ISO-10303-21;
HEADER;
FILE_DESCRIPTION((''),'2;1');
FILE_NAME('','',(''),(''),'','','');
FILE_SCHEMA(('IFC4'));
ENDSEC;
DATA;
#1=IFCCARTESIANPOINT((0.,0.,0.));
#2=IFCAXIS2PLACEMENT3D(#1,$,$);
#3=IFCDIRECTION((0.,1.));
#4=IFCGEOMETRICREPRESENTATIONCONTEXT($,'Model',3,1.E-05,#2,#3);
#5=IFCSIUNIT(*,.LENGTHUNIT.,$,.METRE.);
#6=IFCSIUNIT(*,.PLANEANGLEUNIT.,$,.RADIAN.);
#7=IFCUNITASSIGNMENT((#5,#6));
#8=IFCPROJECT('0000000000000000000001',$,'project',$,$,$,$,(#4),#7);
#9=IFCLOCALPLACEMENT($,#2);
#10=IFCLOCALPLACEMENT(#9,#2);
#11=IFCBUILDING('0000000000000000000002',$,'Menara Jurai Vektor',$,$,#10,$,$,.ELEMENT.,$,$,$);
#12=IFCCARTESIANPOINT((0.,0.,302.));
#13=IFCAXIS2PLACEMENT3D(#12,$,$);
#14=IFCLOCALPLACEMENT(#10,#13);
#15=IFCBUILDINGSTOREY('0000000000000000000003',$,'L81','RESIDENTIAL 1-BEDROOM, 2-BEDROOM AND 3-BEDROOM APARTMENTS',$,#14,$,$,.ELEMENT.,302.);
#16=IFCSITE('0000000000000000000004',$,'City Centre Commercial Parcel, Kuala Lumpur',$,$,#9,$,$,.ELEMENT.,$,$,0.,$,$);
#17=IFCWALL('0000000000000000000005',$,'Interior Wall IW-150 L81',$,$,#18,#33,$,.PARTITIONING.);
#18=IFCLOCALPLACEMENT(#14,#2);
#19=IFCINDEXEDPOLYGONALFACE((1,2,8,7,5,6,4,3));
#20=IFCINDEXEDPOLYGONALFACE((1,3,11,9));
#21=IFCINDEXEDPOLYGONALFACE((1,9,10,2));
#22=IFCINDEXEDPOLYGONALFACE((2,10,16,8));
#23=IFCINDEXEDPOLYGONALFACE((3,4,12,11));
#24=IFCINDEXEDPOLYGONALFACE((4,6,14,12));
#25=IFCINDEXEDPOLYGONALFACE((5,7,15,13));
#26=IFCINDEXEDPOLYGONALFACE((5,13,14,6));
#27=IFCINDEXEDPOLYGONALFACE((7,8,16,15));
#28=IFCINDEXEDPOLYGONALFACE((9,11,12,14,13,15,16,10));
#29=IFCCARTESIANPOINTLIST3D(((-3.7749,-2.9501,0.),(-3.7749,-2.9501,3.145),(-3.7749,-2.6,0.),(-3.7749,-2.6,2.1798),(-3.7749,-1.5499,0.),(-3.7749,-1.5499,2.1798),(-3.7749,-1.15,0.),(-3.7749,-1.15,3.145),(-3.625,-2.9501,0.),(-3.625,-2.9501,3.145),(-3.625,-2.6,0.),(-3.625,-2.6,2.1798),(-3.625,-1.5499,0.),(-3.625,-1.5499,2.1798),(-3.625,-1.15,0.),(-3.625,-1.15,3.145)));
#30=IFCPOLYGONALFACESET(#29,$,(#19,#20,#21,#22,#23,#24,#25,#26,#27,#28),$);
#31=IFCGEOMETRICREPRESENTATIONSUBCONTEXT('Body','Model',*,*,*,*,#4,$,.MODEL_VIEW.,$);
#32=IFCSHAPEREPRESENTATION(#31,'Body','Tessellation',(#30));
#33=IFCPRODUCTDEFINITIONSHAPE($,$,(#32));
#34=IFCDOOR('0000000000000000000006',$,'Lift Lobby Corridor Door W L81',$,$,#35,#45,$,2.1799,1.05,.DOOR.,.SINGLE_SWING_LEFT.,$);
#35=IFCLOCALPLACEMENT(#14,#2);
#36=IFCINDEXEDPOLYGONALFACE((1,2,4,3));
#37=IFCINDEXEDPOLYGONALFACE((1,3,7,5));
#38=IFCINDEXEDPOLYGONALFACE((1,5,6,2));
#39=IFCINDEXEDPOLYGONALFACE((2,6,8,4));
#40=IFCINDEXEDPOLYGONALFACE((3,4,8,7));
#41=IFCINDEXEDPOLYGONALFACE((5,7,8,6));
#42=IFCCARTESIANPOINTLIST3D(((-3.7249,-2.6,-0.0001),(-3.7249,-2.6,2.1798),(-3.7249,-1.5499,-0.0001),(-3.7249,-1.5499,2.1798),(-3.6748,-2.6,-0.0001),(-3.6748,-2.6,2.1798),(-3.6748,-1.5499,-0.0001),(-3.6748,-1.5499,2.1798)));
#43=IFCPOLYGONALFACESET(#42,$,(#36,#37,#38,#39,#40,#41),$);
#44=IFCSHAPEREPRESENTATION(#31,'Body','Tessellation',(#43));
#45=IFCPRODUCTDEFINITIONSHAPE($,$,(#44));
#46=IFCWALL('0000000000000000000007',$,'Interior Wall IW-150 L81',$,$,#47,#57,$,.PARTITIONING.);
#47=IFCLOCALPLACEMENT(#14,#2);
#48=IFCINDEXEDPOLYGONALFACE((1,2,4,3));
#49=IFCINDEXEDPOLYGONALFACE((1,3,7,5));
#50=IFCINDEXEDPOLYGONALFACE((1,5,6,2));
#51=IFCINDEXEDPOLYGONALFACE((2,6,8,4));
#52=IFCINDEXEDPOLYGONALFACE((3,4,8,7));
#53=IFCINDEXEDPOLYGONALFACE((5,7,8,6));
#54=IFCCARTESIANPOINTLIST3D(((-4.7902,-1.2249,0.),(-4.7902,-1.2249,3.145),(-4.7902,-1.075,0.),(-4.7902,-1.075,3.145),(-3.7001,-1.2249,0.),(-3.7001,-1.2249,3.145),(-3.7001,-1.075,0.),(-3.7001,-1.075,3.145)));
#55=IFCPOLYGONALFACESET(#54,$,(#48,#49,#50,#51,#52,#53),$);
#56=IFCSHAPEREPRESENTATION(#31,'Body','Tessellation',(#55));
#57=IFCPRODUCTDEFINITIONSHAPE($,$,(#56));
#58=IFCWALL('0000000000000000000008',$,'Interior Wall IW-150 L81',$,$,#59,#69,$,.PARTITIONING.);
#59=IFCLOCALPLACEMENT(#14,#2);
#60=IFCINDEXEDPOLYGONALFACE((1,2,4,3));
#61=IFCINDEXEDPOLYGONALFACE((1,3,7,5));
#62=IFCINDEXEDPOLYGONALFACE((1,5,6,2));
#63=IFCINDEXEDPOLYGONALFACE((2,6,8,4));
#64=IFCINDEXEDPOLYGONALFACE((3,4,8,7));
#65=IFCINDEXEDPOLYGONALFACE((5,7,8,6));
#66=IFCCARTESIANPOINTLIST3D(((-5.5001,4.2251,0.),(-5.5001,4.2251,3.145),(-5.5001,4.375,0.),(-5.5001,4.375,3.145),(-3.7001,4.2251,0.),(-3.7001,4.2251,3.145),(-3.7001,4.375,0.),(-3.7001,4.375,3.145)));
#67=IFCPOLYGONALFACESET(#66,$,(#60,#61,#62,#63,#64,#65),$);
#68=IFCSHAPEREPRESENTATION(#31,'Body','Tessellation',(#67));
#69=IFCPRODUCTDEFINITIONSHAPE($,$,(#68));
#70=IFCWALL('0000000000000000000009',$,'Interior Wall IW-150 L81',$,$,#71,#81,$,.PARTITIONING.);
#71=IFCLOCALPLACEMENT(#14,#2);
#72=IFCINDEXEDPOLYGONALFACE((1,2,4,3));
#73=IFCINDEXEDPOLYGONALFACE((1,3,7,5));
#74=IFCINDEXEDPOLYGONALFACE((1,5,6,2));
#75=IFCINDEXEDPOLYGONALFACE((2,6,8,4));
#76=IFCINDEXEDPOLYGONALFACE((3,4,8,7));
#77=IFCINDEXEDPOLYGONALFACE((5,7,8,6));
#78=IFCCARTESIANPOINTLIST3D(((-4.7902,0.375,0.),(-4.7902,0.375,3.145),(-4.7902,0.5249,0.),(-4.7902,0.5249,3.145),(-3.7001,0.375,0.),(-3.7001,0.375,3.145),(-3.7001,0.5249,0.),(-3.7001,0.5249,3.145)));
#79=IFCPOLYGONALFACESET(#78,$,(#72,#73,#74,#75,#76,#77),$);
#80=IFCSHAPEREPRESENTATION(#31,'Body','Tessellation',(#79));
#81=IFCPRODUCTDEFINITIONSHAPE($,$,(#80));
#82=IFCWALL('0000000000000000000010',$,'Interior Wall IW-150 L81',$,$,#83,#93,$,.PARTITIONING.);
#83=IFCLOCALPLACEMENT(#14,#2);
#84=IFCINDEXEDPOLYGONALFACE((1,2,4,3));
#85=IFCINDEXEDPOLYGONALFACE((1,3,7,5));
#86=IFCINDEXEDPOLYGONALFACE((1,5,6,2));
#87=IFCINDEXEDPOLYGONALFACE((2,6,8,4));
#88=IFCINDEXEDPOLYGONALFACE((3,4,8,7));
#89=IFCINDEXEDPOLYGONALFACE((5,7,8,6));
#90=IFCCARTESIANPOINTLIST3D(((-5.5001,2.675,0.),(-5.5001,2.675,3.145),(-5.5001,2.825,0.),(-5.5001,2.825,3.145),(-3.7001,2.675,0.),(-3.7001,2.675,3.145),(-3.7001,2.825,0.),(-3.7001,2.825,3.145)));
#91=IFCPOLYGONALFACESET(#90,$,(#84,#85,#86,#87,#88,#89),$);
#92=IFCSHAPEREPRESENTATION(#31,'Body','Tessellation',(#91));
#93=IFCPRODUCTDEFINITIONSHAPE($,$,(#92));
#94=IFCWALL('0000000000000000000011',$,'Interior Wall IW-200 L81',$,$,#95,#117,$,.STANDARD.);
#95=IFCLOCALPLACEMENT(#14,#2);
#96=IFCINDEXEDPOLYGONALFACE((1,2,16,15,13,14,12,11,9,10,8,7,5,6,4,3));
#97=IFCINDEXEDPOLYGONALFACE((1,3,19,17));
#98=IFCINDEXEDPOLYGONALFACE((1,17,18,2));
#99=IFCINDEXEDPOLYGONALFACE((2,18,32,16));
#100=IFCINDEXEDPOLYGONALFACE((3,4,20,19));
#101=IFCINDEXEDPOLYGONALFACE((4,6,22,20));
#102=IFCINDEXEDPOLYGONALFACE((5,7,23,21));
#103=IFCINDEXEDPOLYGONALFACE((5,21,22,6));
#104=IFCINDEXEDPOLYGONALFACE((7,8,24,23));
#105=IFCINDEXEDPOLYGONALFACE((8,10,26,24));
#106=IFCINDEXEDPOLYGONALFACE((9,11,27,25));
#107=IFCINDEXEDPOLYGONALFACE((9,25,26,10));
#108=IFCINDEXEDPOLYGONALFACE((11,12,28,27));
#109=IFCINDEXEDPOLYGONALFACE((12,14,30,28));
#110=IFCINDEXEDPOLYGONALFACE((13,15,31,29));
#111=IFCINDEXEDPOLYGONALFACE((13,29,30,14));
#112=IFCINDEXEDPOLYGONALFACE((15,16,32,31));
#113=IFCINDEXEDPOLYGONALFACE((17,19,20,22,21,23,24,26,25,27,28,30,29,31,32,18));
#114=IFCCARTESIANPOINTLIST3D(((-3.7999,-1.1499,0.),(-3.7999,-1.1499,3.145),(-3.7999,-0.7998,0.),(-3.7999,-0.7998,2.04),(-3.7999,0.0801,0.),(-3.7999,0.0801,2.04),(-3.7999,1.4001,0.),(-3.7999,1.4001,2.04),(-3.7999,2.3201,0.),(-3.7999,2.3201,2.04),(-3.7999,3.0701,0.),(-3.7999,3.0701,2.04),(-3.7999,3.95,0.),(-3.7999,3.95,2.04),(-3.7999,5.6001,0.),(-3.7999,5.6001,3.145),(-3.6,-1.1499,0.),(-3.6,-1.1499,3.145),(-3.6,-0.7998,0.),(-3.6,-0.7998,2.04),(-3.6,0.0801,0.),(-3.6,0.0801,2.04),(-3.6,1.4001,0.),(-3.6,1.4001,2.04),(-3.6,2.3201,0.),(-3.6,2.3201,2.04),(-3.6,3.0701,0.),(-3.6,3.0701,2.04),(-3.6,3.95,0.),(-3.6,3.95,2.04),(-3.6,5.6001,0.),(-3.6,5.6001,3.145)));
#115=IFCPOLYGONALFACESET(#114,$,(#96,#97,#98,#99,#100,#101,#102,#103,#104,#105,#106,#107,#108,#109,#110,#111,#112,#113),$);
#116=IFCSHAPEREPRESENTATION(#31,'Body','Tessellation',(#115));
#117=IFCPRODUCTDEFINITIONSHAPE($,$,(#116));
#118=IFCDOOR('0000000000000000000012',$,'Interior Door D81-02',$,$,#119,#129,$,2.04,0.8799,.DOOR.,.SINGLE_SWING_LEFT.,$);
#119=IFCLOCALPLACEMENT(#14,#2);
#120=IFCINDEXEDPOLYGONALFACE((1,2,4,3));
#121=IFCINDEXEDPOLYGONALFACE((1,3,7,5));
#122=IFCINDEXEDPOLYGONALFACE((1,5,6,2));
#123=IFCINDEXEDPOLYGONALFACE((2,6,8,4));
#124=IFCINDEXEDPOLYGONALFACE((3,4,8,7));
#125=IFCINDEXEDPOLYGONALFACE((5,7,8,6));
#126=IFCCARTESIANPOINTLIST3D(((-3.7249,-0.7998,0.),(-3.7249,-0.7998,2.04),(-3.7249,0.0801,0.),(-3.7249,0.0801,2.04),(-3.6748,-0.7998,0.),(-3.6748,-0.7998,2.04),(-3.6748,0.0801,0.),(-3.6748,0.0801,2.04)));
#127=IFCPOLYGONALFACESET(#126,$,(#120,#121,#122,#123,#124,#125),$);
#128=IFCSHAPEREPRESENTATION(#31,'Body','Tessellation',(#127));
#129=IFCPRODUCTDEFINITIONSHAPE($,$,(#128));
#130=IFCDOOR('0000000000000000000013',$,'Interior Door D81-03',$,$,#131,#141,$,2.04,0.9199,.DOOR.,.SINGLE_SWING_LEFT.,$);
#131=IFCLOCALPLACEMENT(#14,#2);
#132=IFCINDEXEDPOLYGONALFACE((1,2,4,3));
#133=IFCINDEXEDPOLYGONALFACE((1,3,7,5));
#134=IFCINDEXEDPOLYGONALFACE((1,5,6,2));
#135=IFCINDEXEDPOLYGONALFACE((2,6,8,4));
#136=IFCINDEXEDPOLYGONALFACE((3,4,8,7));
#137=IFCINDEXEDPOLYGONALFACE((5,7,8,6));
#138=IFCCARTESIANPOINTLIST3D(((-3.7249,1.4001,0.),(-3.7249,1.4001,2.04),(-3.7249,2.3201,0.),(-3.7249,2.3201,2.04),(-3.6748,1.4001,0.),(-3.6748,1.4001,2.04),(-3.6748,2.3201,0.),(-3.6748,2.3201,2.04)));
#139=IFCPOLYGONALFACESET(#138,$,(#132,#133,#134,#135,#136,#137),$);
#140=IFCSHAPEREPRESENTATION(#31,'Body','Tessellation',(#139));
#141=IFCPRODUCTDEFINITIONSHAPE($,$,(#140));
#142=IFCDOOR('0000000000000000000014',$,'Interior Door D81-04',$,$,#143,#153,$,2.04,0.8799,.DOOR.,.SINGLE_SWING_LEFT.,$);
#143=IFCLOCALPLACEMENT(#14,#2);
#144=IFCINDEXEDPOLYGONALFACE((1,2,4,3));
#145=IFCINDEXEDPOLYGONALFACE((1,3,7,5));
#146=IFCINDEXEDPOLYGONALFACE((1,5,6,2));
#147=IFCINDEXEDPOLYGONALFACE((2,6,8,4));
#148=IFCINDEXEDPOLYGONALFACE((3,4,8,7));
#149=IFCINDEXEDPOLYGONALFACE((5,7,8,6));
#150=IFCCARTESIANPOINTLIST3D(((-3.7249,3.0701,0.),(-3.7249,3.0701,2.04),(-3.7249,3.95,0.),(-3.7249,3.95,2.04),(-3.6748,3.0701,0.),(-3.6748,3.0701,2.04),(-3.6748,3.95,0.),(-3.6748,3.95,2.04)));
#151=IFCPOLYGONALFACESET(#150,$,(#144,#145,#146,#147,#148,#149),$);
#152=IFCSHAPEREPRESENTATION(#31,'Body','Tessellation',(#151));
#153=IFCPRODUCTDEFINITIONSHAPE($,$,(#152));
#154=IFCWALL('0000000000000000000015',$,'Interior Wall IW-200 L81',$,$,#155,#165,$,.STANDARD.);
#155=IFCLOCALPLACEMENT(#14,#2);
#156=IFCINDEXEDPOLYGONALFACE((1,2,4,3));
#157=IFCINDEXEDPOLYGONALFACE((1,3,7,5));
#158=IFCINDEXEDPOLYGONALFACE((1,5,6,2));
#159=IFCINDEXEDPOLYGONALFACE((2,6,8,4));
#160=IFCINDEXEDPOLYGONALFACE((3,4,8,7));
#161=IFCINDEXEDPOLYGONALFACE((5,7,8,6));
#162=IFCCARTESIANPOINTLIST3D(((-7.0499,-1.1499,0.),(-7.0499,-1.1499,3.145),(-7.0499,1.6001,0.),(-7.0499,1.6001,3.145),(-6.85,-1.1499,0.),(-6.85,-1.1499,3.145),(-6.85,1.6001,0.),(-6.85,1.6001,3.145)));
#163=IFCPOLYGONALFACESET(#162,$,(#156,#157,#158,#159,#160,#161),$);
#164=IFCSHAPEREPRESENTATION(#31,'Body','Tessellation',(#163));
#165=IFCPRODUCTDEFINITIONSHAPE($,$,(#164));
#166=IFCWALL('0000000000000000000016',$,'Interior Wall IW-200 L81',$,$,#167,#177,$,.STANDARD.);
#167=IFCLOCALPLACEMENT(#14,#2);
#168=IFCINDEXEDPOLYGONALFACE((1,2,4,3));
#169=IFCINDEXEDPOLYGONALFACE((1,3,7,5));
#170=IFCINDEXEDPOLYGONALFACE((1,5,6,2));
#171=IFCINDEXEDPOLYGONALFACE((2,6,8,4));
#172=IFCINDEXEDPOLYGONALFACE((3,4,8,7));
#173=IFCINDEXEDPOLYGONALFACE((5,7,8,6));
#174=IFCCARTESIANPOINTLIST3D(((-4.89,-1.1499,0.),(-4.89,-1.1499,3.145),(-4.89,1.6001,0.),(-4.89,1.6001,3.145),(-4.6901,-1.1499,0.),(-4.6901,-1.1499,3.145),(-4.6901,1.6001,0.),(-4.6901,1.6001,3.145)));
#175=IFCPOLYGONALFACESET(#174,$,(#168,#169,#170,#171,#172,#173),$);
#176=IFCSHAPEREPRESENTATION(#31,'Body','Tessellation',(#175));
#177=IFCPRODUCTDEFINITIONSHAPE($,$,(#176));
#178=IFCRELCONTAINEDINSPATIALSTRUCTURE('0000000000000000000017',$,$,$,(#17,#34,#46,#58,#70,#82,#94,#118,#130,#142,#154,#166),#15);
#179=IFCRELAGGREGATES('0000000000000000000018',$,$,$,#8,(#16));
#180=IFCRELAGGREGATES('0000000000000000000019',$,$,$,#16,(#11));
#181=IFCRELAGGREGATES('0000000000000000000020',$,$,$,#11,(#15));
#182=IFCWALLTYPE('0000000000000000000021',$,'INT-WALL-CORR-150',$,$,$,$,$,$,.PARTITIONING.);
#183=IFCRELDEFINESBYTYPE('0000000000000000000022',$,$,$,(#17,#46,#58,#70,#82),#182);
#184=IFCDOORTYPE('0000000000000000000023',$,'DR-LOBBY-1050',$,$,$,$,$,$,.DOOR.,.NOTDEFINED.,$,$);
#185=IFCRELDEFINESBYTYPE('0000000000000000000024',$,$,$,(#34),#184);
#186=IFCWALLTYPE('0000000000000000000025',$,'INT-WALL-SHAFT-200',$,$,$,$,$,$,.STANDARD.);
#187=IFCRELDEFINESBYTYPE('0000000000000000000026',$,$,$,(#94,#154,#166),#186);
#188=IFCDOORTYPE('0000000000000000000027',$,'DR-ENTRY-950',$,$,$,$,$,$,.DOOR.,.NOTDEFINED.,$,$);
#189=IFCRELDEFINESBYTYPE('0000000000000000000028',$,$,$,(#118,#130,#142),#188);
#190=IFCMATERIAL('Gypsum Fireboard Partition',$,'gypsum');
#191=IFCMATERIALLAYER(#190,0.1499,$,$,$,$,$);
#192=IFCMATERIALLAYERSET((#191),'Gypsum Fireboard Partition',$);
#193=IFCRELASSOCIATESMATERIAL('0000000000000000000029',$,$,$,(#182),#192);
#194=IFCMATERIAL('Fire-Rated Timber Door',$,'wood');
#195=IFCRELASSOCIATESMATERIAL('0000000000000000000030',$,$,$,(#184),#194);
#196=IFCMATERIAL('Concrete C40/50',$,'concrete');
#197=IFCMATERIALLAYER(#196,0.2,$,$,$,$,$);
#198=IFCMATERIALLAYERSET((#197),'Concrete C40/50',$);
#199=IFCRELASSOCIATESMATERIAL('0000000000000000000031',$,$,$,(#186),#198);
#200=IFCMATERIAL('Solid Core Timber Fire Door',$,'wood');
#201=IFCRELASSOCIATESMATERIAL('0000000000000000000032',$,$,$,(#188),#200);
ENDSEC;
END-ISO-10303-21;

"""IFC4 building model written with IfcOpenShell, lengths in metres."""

from ifc_helpers import new_model, si_unit, direction, frame, frame_2d, origin, place, context, subcontext, project, spatial, rectangle, extrude, material, layer, layer_set, type_object, element, fill, save


model = new_model("IFC4")

# Units and contexts
model_context = context("Model", 3, precision=1e-05, world=origin(), true_north=direction((0.0, 1.0)))
body_context = subcontext(model_context, "Body", "Model", "MODEL_VIEW")
ifc_project = project(units=[si_unit("LENGTHUNIT", "METRE"), si_unit("PLANEANGLEUNIT", "RADIAN")], contexts=[model_context])

# Site, building, storey
site_placement = place(None, origin())
site = spatial("IfcSite", under=ifc_project, at=site_placement, Name="City Centre Commercial Parcel, Kuala Lumpur", CompositionType="ELEMENT", RefElevation=0.0)
building_placement = place(site_placement, origin())
building = spatial("IfcBuilding", under=site, at=building_placement, Name="Menara Jurai Vektor", CompositionType="ELEMENT")
storey_placement = place(building_placement, frame((0.0, 0.0, 302.0)))
storey = spatial("IfcBuildingStorey", under=building, at=storey_placement, Name="L81", Description="RESIDENTIAL 1-BEDROOM, 2-BEDROOM AND 3-BEDROOM APARTMENTS", CompositionType="ELEMENT", Elevation=302.0)

# Shared definitions
ifc_material_1 = material(Name="Concrete C40/50", Category="concrete")

# Wall, opening, door
ifc_material_2 = material(Name="Gypsum Fireboard Partition", Category="gypsum")
ifc_layer_1 = layer(ifc_material_2, 0.1499)
ifc_layer_set_1 = layer_set([ifc_layer_1], Name="Gypsum Fireboard Partition")
wall_type_1 = type_object("IfcWallType", Name="INT-WALL-CORR-150", PredefinedType="PARTITIONING", material=ifc_layer_set_1)
wall_1_placement = place(storey_placement, frame((-3.7, -2.95, 0.0), z_axis=(0.0, 0.0, 1.0), x_axis=(0.0, 1.0, 0.0)))
wall_1 = element("IfcWall", 1, at=wall_1_placement, inside=storey, type_object=wall_type_1, Name="Interior Wall IW-150 L81", PredefinedType="PARTITIONING", context=body_context, shape_type="SweptSolid", body=[
    extrude(rectangle(XDim=1.8, YDim=0.1499, at=frame_2d((0.8999, 0.0))), origin(), (0.0, 0.0, 1.0), 3.145),
])
opening_1_placement = place(wall_1_placement, frame((0.3501, 0.0, 0.0)))
opening_1 = element("IfcOpeningElement", 2, at=opening_1_placement, cuts=wall_1, PredefinedType="OPENING", context=body_context, shape_type="SweptSolid", body=[
    extrude(rectangle(XDim=1.05, YDim=2.1799, at=frame_2d((0.5249, 1.0898))), frame((0.0, 0.085, 0.0), z_axis=(0.0, -1.0, 0.0), x_axis=(1.0, 0.0, 0.0)), (0.0, 0.0, 1.0), 0.1699),
])
ifc_material_3 = material(Name="Fire-Rated Timber Door", Category="wood")
door_type_1 = type_object("IfcDoorType", Name="DR-LOBBY-1050", OperationType="NOTDEFINED", PredefinedType="DOOR", material=ifc_material_3)
door_1_placement = place(opening_1_placement, origin())
door_1 = element("IfcDoor", 3, at=door_1_placement, inside=storey, type_object=door_type_1, Name="Lift Lobby Corridor Door W L81", OperationType="SINGLE_SWING_LEFT", OverallHeight=2.1799, OverallWidth=1.05, PredefinedType="DOOR", context=body_context, shape_type="SweptSolid", body=[
    extrude(rectangle(XDim=1.05, YDim=2.1799, at=frame_2d((0.5249, 1.0898))), frame((0.0, 0.0249, 0.0), z_axis=(0.0, -1.0, 0.0), x_axis=(1.0, 0.0, 0.0)), (0.0, 0.0, 1.0), 0.05),
])
fill(opening_1, door_1)

# Walls
wall_2_placement = place(storey_placement, frame((-4.79, -1.1499, 0.0), z_axis=(0.0, 0.0, 1.0), x_axis=(1.0, 0.0, 0.0)))
element("IfcWall", 4, at=wall_2_placement, inside=storey, type_object=wall_type_1, Name="Interior Wall IW-150 L81", PredefinedType="PARTITIONING", context=body_context, shape_type="SweptSolid", body=[
    extrude(rectangle(XDim=1.0901, YDim=0.1499, at=frame_2d((0.5449, 0.0))), origin(), (0.0, 0.0, 1.0), 3.145),
])
wall_3_placement = place(storey_placement, frame((-5.5, 4.3, 0.0), z_axis=(0.0, 0.0, 1.0), x_axis=(1.0, 0.0, 0.0)))
element("IfcWall", 5, at=wall_3_placement, inside=storey, type_object=wall_type_1, Name="Interior Wall IW-150 L81", PredefinedType="PARTITIONING", context=body_context, shape_type="SweptSolid", body=[
    extrude(rectangle(XDim=1.8, YDim=0.1499, at=frame_2d((0.8999, 0.0))), origin(), (0.0, 0.0, 1.0), 3.145),
])
wall_4_placement = place(storey_placement, frame((-4.79, 0.45, 0.0), z_axis=(0.0, 0.0, 1.0), x_axis=(1.0, 0.0, 0.0)))
element("IfcWall", 6, at=wall_4_placement, inside=storey, type_object=wall_type_1, Name="Interior Wall IW-150 L81", PredefinedType="PARTITIONING", context=body_context, shape_type="SweptSolid", body=[
    extrude(rectangle(XDim=1.0901, YDim=0.1499, at=frame_2d((0.5449, 0.0))), origin(), (0.0, 0.0, 1.0), 3.145),
])
wall_5_placement = place(storey_placement, frame((-5.5, 2.75, 0.0), z_axis=(0.0, 0.0, 1.0), x_axis=(1.0, 0.0, 0.0)))
element("IfcWall", 7, at=wall_5_placement, inside=storey, type_object=wall_type_1, Name="Interior Wall IW-150 L81", PredefinedType="PARTITIONING", context=body_context, shape_type="SweptSolid", body=[
    extrude(rectangle(XDim=1.8, YDim=0.1499, at=frame_2d((0.8999, 0.0))), origin(), (0.0, 0.0, 1.0), 3.145),
])

# Wall, openings, doors
ifc_layer_2 = layer(ifc_material_1, 0.2)
ifc_layer_set_2 = layer_set([ifc_layer_2], Name="Concrete C40/50")
wall_type_2 = type_object("IfcWallType", Name="INT-WALL-SHAFT-200", PredefinedType="STANDARD", material=ifc_layer_set_2)
wall_6_placement = place(storey_placement, frame((-3.7, -1.1499, 0.0), z_axis=(0.0, 0.0, 1.0), x_axis=(0.0, 1.0, 0.0)))
wall_6 = element("IfcWall", 8, at=wall_6_placement, inside=storey, type_object=wall_type_2, Name="Interior Wall IW-200 L81", PredefinedType="STANDARD", context=body_context, shape_type="SweptSolid", body=[
    extrude(rectangle(XDim=6.75, YDim=0.2, at=frame_2d((3.375, 0.0))), origin(), (0.0, 0.0, 1.0), 3.145),
])
opening_2_placement = place(wall_6_placement, frame((0.3501, 0.0, 0.0)))
opening_2 = element("IfcOpeningElement", 9, at=opening_2_placement, cuts=wall_6, PredefinedType="OPENING", context=body_context, shape_type="SweptSolid", body=[
    extrude(rectangle(XDim=0.8799, YDim=2.04, at=frame_2d((0.4399, 1.02))), frame((0.0, 0.1099, 0.0), z_axis=(0.0, -1.0, 0.0), x_axis=(1.0, 0.0, 0.0)), (0.0, 0.0, 1.0), 0.22),
])
opening_3_placement = place(wall_6_placement, frame((2.55, 0.0, 0.0)))
opening_3 = element("IfcOpeningElement", 10, at=opening_3_placement, cuts=wall_6, PredefinedType="OPENING", context=body_context, shape_type="SweptSolid", body=[
    extrude(rectangle(XDim=0.9199, YDim=2.04, at=frame_2d((0.46, 1.02))), frame((0.0, 0.1099, 0.0), z_axis=(0.0, -1.0, 0.0), x_axis=(1.0, 0.0, 0.0)), (0.0, 0.0, 1.0), 0.22),
])
opening_4_placement = place(wall_6_placement, frame((4.22, 0.0, 0.0)))
opening_4 = element("IfcOpeningElement", 11, at=opening_4_placement, cuts=wall_6, PredefinedType="OPENING", context=body_context, shape_type="SweptSolid", body=[
    extrude(rectangle(XDim=0.8799, YDim=2.04, at=frame_2d((0.4399, 1.02))), frame((0.0, 0.1099, 0.0), z_axis=(0.0, -1.0, 0.0), x_axis=(1.0, 0.0, 0.0)), (0.0, 0.0, 1.0), 0.22),
])
ifc_material_4 = material(Name="Solid Core Timber Fire Door", Category="wood")
door_type_2 = type_object("IfcDoorType", Name="DR-ENTRY-950", OperationType="NOTDEFINED", PredefinedType="DOOR", material=ifc_material_4)
door_2_placement = place(opening_2_placement, origin())
door_2 = element("IfcDoor", 12, at=door_2_placement, inside=storey, type_object=door_type_2, Name="Interior Door D81-02", OperationType="SINGLE_SWING_LEFT", OverallHeight=2.04, OverallWidth=0.8799, PredefinedType="DOOR", context=body_context, shape_type="SweptSolid", body=[
    extrude(rectangle(XDim=0.8799, YDim=2.04, at=frame_2d((0.4399, 1.02))), frame((0.0, 0.0249, 0.0), z_axis=(0.0, -1.0, 0.0), x_axis=(1.0, 0.0, 0.0)), (0.0, 0.0, 1.0), 0.05),
])
fill(opening_2, door_2)
door_3_placement = place(opening_3_placement, origin())
door_3 = element("IfcDoor", 13, at=door_3_placement, inside=storey, type_object=door_type_2, Name="Interior Door D81-03", OperationType="SINGLE_SWING_LEFT", OverallHeight=2.04, OverallWidth=0.9199, PredefinedType="DOOR", context=body_context, shape_type="SweptSolid", body=[
    extrude(rectangle(XDim=0.9199, YDim=2.04, at=frame_2d((0.46, 1.02))), frame((0.0, 0.0249, 0.0), z_axis=(0.0, -1.0, 0.0), x_axis=(1.0, 0.0, 0.0)), (0.0, 0.0, 1.0), 0.05),
])
fill(opening_3, door_3)
door_4_placement = place(opening_4_placement, origin())
door_4 = element("IfcDoor", 14, at=door_4_placement, inside=storey, type_object=door_type_2, Name="Interior Door D81-04", OperationType="SINGLE_SWING_LEFT", OverallHeight=2.04, OverallWidth=0.8799, PredefinedType="DOOR", context=body_context, shape_type="SweptSolid", body=[
    extrude(rectangle(XDim=0.8799, YDim=2.04, at=frame_2d((0.4399, 1.02))), frame((0.0, 0.0249, 0.0), z_axis=(0.0, -1.0, 0.0), x_axis=(1.0, 0.0, 0.0)), (0.0, 0.0, 1.0), 0.05),
])
fill(opening_4, door_4)

# Wall
wall_7_placement = place(storey_placement, frame((-6.95, -1.1499, 0.0), z_axis=(0.0, 0.0, 1.0), x_axis=(0.0, 1.0, 0.0)))
element("IfcWall", 15, at=wall_7_placement, inside=storey, type_object=wall_type_2, Name="Interior Wall IW-200 L81", PredefinedType="STANDARD", context=body_context, shape_type="SweptSolid", body=[
    extrude(rectangle(XDim=2.75, YDim=0.2, at=frame_2d((1.375, 0.0))), origin(), (0.0, 0.0, 1.0), 3.145),
])

# Wall
wall_8_placement = place(storey_placement, frame((-4.79, -1.1499, 0.0), z_axis=(0.0, 0.0, 1.0), x_axis=(0.0, 1.0, 0.0)))
element("IfcWall", 16, at=wall_8_placement, inside=storey, type_object=wall_type_2, Name="Interior Wall IW-200 L81", PredefinedType="STANDARD", context=body_context, shape_type="SweptSolid", body=[
    extrude(rectangle(XDim=2.75, YDim=0.2, at=frame_2d((1.375, 0.0))), origin(), (0.0, 0.0, 1.0), 3.145),
])

save(model, "model.ifc")
